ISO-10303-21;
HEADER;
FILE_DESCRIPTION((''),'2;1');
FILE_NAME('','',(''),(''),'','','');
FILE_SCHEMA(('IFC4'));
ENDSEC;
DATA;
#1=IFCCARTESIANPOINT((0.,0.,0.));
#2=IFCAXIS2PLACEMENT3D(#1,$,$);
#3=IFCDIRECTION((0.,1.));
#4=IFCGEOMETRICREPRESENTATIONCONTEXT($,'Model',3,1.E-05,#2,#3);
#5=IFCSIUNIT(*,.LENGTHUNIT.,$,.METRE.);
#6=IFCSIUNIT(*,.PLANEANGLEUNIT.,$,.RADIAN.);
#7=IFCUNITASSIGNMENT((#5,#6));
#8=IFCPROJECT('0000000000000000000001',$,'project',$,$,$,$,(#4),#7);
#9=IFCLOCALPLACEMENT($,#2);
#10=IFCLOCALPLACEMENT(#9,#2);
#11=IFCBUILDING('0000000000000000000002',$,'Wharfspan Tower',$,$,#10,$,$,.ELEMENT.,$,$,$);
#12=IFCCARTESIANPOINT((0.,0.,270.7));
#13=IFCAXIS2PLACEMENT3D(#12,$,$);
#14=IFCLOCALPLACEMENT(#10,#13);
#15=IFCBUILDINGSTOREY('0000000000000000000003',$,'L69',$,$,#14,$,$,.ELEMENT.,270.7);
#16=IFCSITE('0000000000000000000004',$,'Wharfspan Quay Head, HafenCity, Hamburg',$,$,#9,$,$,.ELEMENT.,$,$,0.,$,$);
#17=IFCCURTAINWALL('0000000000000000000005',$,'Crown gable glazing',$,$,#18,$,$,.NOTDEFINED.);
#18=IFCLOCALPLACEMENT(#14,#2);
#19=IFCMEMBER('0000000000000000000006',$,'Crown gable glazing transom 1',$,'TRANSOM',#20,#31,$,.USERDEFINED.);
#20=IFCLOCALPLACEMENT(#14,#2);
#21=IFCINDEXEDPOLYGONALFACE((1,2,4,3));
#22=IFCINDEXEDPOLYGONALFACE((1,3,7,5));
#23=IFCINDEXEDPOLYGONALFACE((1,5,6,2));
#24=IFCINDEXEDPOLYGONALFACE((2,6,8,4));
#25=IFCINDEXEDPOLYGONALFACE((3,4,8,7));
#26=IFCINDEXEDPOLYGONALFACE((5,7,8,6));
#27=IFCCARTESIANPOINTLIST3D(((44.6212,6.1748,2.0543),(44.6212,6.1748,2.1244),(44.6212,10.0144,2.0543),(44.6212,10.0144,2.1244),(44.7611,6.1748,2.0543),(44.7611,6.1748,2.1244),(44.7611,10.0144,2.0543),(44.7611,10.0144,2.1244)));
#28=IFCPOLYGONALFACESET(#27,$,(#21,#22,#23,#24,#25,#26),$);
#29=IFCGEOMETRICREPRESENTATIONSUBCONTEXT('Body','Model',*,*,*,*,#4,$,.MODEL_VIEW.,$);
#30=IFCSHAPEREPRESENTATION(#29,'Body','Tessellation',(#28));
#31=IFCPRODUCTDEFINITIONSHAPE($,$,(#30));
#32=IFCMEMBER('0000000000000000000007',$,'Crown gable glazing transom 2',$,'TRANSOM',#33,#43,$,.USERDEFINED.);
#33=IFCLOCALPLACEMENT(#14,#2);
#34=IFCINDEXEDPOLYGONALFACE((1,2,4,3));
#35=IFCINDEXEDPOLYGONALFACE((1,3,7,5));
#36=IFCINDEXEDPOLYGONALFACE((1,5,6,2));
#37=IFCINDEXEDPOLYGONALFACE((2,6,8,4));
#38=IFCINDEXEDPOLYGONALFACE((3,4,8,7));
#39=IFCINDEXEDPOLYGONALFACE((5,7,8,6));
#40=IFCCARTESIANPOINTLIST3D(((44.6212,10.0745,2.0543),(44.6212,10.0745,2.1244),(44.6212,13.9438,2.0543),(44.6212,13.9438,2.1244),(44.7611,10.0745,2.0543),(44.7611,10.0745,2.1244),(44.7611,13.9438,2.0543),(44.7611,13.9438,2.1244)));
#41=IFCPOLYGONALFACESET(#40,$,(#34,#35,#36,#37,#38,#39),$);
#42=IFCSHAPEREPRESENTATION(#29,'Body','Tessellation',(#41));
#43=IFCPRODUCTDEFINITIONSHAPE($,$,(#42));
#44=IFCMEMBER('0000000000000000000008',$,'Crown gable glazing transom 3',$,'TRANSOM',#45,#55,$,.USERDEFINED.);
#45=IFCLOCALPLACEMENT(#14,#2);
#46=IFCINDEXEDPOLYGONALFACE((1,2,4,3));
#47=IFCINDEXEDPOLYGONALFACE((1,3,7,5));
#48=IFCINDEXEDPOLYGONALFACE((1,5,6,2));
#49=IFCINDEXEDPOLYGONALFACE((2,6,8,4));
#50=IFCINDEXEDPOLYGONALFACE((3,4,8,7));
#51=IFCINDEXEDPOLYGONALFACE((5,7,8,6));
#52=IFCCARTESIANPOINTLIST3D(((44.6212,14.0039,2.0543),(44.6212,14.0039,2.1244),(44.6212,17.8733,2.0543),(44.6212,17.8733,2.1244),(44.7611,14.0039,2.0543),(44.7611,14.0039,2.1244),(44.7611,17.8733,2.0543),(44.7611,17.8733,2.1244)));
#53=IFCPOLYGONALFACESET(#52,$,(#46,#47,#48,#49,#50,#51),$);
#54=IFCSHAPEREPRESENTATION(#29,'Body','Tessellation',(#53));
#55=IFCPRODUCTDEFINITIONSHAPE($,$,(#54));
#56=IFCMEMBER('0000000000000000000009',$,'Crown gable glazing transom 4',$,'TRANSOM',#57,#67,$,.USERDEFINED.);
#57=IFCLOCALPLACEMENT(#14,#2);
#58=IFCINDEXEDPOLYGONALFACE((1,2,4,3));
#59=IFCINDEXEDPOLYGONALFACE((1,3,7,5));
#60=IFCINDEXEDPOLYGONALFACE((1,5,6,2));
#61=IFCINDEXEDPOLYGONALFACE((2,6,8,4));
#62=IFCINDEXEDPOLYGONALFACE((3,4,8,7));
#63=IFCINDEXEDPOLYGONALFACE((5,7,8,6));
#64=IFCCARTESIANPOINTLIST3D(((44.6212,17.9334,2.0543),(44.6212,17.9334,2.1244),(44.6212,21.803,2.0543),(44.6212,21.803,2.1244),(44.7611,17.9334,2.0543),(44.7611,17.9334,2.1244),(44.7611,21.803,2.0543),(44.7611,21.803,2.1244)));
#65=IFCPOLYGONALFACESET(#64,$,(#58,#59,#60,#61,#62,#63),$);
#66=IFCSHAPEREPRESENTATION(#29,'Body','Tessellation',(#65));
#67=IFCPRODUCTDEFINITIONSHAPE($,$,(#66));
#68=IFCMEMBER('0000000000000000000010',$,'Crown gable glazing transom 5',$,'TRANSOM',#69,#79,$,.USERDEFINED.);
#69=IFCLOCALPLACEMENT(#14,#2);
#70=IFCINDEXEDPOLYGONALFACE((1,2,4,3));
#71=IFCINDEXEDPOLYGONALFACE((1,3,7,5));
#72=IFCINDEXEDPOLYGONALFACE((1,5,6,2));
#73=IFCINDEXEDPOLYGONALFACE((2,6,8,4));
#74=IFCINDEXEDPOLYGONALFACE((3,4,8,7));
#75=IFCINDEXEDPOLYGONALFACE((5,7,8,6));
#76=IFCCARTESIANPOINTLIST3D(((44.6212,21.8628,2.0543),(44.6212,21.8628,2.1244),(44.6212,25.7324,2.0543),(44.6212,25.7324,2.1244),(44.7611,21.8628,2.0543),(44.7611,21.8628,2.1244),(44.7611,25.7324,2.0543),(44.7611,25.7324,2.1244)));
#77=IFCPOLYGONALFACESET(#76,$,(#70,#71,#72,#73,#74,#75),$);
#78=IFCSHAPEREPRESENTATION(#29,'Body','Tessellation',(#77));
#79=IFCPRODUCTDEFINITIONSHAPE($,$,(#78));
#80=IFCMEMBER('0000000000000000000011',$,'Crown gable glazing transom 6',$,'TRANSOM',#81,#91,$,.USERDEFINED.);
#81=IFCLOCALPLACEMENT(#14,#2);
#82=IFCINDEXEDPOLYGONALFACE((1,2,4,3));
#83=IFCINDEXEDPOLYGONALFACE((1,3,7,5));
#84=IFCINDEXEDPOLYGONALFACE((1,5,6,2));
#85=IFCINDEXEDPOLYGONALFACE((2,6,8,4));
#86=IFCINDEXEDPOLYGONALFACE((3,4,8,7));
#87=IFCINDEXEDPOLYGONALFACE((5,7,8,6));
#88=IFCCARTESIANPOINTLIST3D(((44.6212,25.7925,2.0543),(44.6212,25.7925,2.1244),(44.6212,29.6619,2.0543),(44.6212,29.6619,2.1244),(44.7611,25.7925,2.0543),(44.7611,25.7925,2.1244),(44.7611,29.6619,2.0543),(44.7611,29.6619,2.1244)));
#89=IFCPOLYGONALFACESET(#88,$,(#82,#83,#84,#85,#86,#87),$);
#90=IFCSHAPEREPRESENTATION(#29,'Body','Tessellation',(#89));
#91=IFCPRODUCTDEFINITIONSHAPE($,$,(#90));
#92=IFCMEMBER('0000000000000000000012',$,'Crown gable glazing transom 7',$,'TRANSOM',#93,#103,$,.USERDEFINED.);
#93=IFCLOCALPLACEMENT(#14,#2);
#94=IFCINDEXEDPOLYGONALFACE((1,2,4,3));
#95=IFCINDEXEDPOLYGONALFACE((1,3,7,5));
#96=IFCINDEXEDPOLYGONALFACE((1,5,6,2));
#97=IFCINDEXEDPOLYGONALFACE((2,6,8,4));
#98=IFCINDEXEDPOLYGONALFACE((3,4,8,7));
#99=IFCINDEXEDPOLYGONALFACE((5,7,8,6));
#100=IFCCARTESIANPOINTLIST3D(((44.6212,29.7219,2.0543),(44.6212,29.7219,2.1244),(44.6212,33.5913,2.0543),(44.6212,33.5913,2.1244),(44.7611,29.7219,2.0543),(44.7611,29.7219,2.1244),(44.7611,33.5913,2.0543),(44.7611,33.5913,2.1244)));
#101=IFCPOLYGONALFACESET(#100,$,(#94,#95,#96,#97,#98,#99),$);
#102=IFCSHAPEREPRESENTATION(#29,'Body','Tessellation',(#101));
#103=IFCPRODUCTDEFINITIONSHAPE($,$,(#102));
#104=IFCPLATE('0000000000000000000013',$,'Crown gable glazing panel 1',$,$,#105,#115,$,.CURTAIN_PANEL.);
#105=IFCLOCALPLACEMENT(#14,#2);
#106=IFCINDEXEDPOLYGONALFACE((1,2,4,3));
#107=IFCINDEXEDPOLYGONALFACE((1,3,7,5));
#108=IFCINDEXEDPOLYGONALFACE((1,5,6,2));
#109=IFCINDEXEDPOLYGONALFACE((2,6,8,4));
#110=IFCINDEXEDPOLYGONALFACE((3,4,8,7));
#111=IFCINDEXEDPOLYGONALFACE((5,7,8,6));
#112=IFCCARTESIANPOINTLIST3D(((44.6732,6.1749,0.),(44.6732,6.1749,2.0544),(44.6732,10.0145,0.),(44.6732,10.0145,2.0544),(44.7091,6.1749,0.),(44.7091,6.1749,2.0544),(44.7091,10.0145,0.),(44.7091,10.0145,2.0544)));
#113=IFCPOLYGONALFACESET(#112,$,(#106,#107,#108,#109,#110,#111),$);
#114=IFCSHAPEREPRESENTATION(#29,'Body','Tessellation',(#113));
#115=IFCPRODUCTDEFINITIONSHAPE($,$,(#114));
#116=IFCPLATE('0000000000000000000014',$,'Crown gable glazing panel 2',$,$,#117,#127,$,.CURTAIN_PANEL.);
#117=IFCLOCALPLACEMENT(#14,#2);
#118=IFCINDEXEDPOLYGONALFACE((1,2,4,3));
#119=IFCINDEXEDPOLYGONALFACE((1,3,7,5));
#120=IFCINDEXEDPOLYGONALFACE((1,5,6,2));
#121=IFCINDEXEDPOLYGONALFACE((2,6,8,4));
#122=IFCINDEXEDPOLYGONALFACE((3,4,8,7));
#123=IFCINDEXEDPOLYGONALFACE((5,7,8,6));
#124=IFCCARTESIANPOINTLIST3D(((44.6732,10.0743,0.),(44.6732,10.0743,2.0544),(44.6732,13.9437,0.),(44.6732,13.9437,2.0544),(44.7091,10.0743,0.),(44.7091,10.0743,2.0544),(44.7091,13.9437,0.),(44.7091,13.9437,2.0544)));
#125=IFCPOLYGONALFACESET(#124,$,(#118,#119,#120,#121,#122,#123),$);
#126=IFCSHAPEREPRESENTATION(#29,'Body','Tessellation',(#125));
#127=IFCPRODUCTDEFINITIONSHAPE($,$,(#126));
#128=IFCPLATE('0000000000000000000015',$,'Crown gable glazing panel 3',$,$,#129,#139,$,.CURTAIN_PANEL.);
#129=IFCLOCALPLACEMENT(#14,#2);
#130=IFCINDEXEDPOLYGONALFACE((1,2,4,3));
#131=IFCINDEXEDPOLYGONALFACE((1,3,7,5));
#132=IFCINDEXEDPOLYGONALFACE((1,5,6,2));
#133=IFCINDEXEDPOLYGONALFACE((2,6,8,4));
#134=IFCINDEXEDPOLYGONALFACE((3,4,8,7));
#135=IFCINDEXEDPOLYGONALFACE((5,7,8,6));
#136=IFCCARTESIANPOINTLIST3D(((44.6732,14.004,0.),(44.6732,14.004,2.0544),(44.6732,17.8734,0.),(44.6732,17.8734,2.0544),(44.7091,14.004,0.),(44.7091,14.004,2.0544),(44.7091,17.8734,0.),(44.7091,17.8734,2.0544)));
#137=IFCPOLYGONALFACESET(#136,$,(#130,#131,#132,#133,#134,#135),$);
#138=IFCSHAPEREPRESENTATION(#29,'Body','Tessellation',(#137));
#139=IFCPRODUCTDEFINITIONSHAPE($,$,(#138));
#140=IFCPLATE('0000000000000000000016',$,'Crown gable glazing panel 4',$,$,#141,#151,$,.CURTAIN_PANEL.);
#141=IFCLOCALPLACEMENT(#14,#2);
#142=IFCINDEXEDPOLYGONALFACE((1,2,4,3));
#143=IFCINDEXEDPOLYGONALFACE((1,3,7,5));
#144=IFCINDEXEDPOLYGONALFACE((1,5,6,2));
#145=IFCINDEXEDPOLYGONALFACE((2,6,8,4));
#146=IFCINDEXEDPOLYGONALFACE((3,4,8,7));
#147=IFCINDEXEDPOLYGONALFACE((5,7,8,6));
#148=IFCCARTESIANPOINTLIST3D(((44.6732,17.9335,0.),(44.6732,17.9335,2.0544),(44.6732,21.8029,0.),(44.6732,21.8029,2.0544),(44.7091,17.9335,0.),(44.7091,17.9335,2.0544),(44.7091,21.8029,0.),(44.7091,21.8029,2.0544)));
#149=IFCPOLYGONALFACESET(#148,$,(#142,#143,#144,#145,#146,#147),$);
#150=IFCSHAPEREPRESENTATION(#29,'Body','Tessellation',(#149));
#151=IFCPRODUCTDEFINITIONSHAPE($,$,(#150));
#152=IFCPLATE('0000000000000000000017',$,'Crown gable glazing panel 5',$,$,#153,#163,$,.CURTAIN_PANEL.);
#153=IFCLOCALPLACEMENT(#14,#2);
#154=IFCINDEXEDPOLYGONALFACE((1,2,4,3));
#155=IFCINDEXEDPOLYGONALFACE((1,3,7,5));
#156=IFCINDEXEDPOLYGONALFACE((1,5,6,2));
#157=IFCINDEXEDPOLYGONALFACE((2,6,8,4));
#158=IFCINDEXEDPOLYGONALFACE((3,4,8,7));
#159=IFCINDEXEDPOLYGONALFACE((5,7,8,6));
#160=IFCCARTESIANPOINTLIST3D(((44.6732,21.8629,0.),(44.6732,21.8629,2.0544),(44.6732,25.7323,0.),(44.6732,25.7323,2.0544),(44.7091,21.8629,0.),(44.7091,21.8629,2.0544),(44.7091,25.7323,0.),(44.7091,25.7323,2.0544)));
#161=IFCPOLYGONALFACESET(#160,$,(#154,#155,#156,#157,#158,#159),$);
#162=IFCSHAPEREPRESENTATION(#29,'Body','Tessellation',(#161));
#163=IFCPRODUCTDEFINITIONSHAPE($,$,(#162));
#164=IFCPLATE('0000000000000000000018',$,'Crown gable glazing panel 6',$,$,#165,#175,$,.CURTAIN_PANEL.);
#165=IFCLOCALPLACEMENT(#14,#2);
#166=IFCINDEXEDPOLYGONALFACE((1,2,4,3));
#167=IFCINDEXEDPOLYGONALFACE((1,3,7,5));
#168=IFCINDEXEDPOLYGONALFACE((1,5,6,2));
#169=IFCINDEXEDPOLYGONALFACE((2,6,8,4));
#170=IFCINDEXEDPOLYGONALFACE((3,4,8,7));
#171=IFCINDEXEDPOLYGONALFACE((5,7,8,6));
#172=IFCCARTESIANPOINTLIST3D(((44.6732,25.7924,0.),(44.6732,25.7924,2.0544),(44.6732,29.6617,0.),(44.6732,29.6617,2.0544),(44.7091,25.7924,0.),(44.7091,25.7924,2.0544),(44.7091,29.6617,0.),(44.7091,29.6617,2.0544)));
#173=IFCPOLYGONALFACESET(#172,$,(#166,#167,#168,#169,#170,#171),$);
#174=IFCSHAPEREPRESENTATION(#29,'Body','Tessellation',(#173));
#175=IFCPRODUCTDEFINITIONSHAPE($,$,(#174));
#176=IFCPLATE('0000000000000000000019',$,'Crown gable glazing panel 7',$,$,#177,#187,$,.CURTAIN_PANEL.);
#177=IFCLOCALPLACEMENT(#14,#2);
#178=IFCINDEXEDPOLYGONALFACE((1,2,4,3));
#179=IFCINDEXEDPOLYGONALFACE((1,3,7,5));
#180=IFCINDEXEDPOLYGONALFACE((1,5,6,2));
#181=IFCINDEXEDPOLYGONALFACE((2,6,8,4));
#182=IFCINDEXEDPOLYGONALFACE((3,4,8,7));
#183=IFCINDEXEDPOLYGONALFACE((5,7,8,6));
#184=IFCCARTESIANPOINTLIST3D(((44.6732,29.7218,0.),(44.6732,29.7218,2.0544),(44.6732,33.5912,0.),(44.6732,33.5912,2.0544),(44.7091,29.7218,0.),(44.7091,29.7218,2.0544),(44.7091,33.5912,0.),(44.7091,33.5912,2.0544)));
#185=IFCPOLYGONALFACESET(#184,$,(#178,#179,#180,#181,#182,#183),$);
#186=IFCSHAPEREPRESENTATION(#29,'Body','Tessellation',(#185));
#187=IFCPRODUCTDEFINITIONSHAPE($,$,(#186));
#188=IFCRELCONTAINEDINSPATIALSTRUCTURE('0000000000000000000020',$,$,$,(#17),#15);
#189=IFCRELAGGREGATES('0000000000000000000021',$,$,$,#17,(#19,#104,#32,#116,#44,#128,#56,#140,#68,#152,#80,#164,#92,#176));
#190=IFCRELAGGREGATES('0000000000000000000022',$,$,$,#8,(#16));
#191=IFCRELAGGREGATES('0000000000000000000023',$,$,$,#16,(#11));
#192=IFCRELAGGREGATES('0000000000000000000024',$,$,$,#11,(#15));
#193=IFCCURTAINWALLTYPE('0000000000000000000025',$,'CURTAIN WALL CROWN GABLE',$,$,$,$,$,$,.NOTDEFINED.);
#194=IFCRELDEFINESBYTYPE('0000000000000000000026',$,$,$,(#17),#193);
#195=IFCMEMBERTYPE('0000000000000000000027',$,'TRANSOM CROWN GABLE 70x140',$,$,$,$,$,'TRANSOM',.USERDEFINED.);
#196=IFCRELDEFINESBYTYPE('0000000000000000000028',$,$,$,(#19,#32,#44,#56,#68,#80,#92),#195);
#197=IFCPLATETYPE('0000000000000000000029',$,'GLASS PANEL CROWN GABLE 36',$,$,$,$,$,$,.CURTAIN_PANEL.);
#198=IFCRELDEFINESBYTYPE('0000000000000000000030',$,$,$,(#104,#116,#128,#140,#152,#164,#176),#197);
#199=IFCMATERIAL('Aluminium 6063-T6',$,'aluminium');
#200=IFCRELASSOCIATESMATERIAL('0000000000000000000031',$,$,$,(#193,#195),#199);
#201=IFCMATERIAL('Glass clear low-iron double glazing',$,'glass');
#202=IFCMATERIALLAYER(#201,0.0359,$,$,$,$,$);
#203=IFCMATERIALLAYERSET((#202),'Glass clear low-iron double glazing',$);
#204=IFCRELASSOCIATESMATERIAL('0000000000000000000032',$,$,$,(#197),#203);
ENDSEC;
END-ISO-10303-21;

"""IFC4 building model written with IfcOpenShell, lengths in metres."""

from ifc_helpers import new_model, si_unit, direction, frame, origin, origin_2d, place, context, subcontext, project, spatial, rectangle, extrude, material, layer, layer_set, material_profile, profile_set, type_object, element, aggregate, save


model = new_model("IFC4")

# Units and contexts
model_context = context("Model", 3, precision=1e-05, world=origin(), true_north=direction((0.0, 1.0)))
body_context = subcontext(model_context, "Body", "Model", "MODEL_VIEW")
ifc_project = project(units=[si_unit("LENGTHUNIT", "METRE"), si_unit("PLANEANGLEUNIT", "RADIAN")], contexts=[model_context])

# Site, building, storey
site_placement = place(None, origin())
site = spatial("IfcSite", under=ifc_project, at=site_placement, Name="Wharfspan Quay Head, HafenCity, Hamburg", CompositionType="ELEMENT", RefElevation=0.0)
building_placement = place(site_placement, origin())
building = spatial("IfcBuilding", under=site, at=building_placement, Name="Wharfspan Tower", CompositionType="ELEMENT")
storey_placement = place(building_placement, frame((0.0, 0.0, 270.7)))
storey = spatial("IfcBuildingStorey", under=building, at=storey_placement, Name="L69", CompositionType="ELEMENT", Elevation=270.7)

# Curtain wall
ifc_material_1 = material(Name="Aluminium 6063-T6", Category="aluminium")
curtain_wall_type = type_object("IfcCurtainWallType", Name="CURTAIN WALL CROWN GABLE", PredefinedType="NOTDEFINED", material=ifc_material_1)
curtain_wall_placement = place(storey_placement, origin())
curtain_wall = element("IfcCurtainWall", 1, at=curtain_wall_placement, inside=storey, type_object=curtain_wall_type, Name="Crown gable glazing", PredefinedType="NOTDEFINED")

# Members
ifc_material_profile_1 = material_profile(ifc_material_1, rectangle(XDim=0.1399, YDim=0.0701, at=origin_2d()))
ifc_profile_set_1 = profile_set([ifc_material_profile_1], Name="Aluminium 6063-T6")
member_type_1 = type_object("IfcMemberType", Name="TRANSOM CROWN GABLE 70x140", ElementType="TRANSOM", PredefinedType="USERDEFINED", material=ifc_profile_set_1)
member_1_placement = place(storey_placement, frame((44.6912, 6.1748, 2.0894), z_axis=(0.0, 1.0, 0.0), x_axis=(-1.0, 0.0, 0.0)))
member_1 = element("IfcMember", 2, at=member_1_placement, type_object=member_type_1, Name="Crown gable glazing transom 1", ObjectType="TRANSOM", PredefinedType="USERDEFINED", context=body_context, shape_type="SweptSolid", body=[
    extrude(rectangle(XDim=0.1399, YDim=0.0701, at=origin_2d()), origin(), (0.0, 0.0, 1.0), 3.8396),
])
member_2_placement = place(storey_placement, frame((44.6912, 10.0745, 2.0894), z_axis=(0.0, 1.0, 0.0), x_axis=(-1.0, 0.0, 0.0)))
member_2 = element("IfcMember", 3, at=member_2_placement, type_object=member_type_1, Name="Crown gable glazing transom 2", ObjectType="TRANSOM", PredefinedType="USERDEFINED", context=body_context, shape_type="SweptSolid", body=[
    extrude(rectangle(XDim=0.1399, YDim=0.0701, at=origin_2d()), origin(), (0.0, 0.0, 1.0), 3.8694),
])
member_3_placement = place(storey_placement, frame((44.6912, 14.0039, 2.0894), z_axis=(0.0, 1.0, 0.0), x_axis=(-1.0, 0.0, 0.0)))
member_3 = element("IfcMember", 4, at=member_3_placement, type_object=member_type_1, Name="Crown gable glazing transom 3", ObjectType="TRANSOM", PredefinedType="USERDEFINED", context=body_context, shape_type="SweptSolid", body=[
    extrude(rectangle(XDim=0.1399, YDim=0.0701, at=origin_2d()), origin(), (0.0, 0.0, 1.0), 3.8694),
])
member_4_placement = place(storey_placement, frame((44.6912, 17.9334, 2.0894), z_axis=(0.0, 1.0, 0.0), x_axis=(-1.0, 0.0, 0.0)))
member_4 = element("IfcMember", 5, at=member_4_placement, type_object=member_type_1, Name="Crown gable glazing transom 4", ObjectType="TRANSOM", PredefinedType="USERDEFINED", context=body_context, shape_type="SweptSolid", body=[
    extrude(rectangle(XDim=0.1399, YDim=0.0701, at=origin_2d()), origin(), (0.0, 0.0, 1.0), 3.8696),
])
member_5_placement = place(storey_placement, frame((44.6912, 21.8628, 2.0894), z_axis=(0.0, 1.0, 0.0), x_axis=(-1.0, 0.0, 0.0)))
member_5 = element("IfcMember", 6, at=member_5_placement, type_object=member_type_1, Name="Crown gable glazing transom 5", ObjectType="TRANSOM", PredefinedType="USERDEFINED", context=body_context, shape_type="SweptSolid", body=[
    extrude(rectangle(XDim=0.1399, YDim=0.0701, at=origin_2d()), origin(), (0.0, 0.0, 1.0), 3.8696),
])
member_6_placement = place(storey_placement, frame((44.6912, 25.7925, 2.0894), z_axis=(0.0, 1.0, 0.0), x_axis=(-1.0, 0.0, 0.0)))
member_6 = element("IfcMember", 7, at=member_6_placement, type_object=member_type_1, Name="Crown gable glazing transom 6", ObjectType="TRANSOM", PredefinedType="USERDEFINED", context=body_context, shape_type="SweptSolid", body=[
    extrude(rectangle(XDim=0.1399, YDim=0.0701, at=origin_2d()), origin(), (0.0, 0.0, 1.0), 3.8694),
])
member_7_placement = place(storey_placement, frame((44.6912, 29.7219, 2.0894), z_axis=(0.0, 1.0, 0.0), x_axis=(-1.0, 0.0, 0.0)))
member_7 = element("IfcMember", 8, at=member_7_placement, type_object=member_type_1, Name="Crown gable glazing transom 7", ObjectType="TRANSOM", PredefinedType="USERDEFINED", context=body_context, shape_type="SweptSolid", body=[
    extrude(rectangle(XDim=0.1399, YDim=0.0701, at=origin_2d()), origin(), (0.0, 0.0, 1.0), 3.8694),
])

# Plates
ifc_material_2 = material(Name="Glass clear low-iron double glazing", Category="glass")
ifc_layer_1 = layer(ifc_material_2, 0.0359)
ifc_layer_set_1 = layer_set([ifc_layer_1], Name="Glass clear low-iron double glazing")
plate_type = type_object("IfcPlateType", Name="GLASS PANEL CROWN GABLE 36", PredefinedType="CURTAIN_PANEL", material=ifc_layer_set_1)
plate_1_placement = place(storey_placement, frame((44.6912, 8.0947, 0.0), z_axis=(0.0, 0.0, 1.0), x_axis=(0.0, 1.0, 0.0)))
plate_1 = element("IfcPlate", 9, at=plate_1_placement, type_object=plate_type, Name="Crown gable glazing panel 1", PredefinedType="CURTAIN_PANEL", context=body_context, shape_type="SweptSolid", body=[
    extrude(rectangle(XDim=3.8396, YDim=0.0359, at=origin_2d()), origin(), (0.0, 0.0, 1.0), 2.0544),
])
plate_2_placement = place(storey_placement, frame((44.6912, 12.009, 0.0), z_axis=(0.0, 0.0, 1.0), x_axis=(0.0, 1.0, 0.0)))
plate_2 = element("IfcPlate", 10, at=plate_2_placement, type_object=plate_type, Name="Crown gable glazing panel 2", PredefinedType="CURTAIN_PANEL", context=body_context, shape_type="SweptSolid", body=[
    extrude(rectangle(XDim=3.8694, YDim=0.0359, at=origin_2d()), origin(), (0.0, 0.0, 1.0), 2.0544),
])
plate_3_placement = place(storey_placement, frame((44.6912, 15.9387, 0.0), z_axis=(0.0, 0.0, 1.0), x_axis=(0.0, 1.0, 0.0)))
plate_3 = element("IfcPlate", 11, at=plate_3_placement, type_object=plate_type, Name="Crown gable glazing panel 3", PredefinedType="CURTAIN_PANEL", context=body_context, shape_type="SweptSolid", body=[
    extrude(rectangle(XDim=3.8694, YDim=0.0359, at=origin_2d()), origin(), (0.0, 0.0, 1.0), 2.0544),
])
plate_4_placement = place(storey_placement, frame((44.6912, 19.8682, 0.0), z_axis=(0.0, 0.0, 1.0), x_axis=(0.0, 1.0, 0.0)))
plate_4 = element("IfcPlate", 12, at=plate_4_placement, type_object=plate_type, Name="Crown gable glazing panel 4", PredefinedType="CURTAIN_PANEL", context=body_context, shape_type="SweptSolid", body=[
    extrude(rectangle(XDim=3.8694, YDim=0.0359, at=origin_2d()), origin(), (0.0, 0.0, 1.0), 2.0544),
])
plate_5_placement = place(storey_placement, frame((44.6912, 23.7976, 0.0), z_axis=(0.0, 0.0, 1.0), x_axis=(0.0, 1.0, 0.0)))
plate_5 = element("IfcPlate", 13, at=plate_5_placement, type_object=plate_type, Name="Crown gable glazing panel 5", PredefinedType="CURTAIN_PANEL", context=body_context, shape_type="SweptSolid", body=[
    extrude(rectangle(XDim=3.8694, YDim=0.0359, at=origin_2d()), origin(), (0.0, 0.0, 1.0), 2.0544),
])
plate_6_placement = place(storey_placement, frame((44.6912, 27.7271, 0.0), z_axis=(0.0, 0.0, 1.0), x_axis=(0.0, 1.0, 0.0)))
plate_6 = element("IfcPlate", 14, at=plate_6_placement, type_object=plate_type, Name="Crown gable glazing panel 6", PredefinedType="CURTAIN_PANEL", context=body_context, shape_type="SweptSolid", body=[
    extrude(rectangle(XDim=3.8694, YDim=0.0359, at=origin_2d()), origin(), (0.0, 0.0, 1.0), 2.0544),
])
plate_7_placement = place(storey_placement, frame((44.6912, 31.6565, 0.0), z_axis=(0.0, 0.0, 1.0), x_axis=(0.0, 1.0, 0.0)))
plate_7 = element("IfcPlate", 15, at=plate_7_placement, type_object=plate_type, Name="Crown gable glazing panel 7", PredefinedType="CURTAIN_PANEL", context=body_context, shape_type="SweptSolid", body=[
    extrude(rectangle(XDim=3.8694, YDim=0.0359, at=origin_2d()), origin(), (0.0, 0.0, 1.0), 2.0544),
])
aggregate(curtain_wall, [member_1, plate_1, member_2, plate_2, member_3, plate_3, member_4, plate_4, member_5, plate_5, member_6, plate_6, member_7, plate_7])

save(model, "model.ifc")
